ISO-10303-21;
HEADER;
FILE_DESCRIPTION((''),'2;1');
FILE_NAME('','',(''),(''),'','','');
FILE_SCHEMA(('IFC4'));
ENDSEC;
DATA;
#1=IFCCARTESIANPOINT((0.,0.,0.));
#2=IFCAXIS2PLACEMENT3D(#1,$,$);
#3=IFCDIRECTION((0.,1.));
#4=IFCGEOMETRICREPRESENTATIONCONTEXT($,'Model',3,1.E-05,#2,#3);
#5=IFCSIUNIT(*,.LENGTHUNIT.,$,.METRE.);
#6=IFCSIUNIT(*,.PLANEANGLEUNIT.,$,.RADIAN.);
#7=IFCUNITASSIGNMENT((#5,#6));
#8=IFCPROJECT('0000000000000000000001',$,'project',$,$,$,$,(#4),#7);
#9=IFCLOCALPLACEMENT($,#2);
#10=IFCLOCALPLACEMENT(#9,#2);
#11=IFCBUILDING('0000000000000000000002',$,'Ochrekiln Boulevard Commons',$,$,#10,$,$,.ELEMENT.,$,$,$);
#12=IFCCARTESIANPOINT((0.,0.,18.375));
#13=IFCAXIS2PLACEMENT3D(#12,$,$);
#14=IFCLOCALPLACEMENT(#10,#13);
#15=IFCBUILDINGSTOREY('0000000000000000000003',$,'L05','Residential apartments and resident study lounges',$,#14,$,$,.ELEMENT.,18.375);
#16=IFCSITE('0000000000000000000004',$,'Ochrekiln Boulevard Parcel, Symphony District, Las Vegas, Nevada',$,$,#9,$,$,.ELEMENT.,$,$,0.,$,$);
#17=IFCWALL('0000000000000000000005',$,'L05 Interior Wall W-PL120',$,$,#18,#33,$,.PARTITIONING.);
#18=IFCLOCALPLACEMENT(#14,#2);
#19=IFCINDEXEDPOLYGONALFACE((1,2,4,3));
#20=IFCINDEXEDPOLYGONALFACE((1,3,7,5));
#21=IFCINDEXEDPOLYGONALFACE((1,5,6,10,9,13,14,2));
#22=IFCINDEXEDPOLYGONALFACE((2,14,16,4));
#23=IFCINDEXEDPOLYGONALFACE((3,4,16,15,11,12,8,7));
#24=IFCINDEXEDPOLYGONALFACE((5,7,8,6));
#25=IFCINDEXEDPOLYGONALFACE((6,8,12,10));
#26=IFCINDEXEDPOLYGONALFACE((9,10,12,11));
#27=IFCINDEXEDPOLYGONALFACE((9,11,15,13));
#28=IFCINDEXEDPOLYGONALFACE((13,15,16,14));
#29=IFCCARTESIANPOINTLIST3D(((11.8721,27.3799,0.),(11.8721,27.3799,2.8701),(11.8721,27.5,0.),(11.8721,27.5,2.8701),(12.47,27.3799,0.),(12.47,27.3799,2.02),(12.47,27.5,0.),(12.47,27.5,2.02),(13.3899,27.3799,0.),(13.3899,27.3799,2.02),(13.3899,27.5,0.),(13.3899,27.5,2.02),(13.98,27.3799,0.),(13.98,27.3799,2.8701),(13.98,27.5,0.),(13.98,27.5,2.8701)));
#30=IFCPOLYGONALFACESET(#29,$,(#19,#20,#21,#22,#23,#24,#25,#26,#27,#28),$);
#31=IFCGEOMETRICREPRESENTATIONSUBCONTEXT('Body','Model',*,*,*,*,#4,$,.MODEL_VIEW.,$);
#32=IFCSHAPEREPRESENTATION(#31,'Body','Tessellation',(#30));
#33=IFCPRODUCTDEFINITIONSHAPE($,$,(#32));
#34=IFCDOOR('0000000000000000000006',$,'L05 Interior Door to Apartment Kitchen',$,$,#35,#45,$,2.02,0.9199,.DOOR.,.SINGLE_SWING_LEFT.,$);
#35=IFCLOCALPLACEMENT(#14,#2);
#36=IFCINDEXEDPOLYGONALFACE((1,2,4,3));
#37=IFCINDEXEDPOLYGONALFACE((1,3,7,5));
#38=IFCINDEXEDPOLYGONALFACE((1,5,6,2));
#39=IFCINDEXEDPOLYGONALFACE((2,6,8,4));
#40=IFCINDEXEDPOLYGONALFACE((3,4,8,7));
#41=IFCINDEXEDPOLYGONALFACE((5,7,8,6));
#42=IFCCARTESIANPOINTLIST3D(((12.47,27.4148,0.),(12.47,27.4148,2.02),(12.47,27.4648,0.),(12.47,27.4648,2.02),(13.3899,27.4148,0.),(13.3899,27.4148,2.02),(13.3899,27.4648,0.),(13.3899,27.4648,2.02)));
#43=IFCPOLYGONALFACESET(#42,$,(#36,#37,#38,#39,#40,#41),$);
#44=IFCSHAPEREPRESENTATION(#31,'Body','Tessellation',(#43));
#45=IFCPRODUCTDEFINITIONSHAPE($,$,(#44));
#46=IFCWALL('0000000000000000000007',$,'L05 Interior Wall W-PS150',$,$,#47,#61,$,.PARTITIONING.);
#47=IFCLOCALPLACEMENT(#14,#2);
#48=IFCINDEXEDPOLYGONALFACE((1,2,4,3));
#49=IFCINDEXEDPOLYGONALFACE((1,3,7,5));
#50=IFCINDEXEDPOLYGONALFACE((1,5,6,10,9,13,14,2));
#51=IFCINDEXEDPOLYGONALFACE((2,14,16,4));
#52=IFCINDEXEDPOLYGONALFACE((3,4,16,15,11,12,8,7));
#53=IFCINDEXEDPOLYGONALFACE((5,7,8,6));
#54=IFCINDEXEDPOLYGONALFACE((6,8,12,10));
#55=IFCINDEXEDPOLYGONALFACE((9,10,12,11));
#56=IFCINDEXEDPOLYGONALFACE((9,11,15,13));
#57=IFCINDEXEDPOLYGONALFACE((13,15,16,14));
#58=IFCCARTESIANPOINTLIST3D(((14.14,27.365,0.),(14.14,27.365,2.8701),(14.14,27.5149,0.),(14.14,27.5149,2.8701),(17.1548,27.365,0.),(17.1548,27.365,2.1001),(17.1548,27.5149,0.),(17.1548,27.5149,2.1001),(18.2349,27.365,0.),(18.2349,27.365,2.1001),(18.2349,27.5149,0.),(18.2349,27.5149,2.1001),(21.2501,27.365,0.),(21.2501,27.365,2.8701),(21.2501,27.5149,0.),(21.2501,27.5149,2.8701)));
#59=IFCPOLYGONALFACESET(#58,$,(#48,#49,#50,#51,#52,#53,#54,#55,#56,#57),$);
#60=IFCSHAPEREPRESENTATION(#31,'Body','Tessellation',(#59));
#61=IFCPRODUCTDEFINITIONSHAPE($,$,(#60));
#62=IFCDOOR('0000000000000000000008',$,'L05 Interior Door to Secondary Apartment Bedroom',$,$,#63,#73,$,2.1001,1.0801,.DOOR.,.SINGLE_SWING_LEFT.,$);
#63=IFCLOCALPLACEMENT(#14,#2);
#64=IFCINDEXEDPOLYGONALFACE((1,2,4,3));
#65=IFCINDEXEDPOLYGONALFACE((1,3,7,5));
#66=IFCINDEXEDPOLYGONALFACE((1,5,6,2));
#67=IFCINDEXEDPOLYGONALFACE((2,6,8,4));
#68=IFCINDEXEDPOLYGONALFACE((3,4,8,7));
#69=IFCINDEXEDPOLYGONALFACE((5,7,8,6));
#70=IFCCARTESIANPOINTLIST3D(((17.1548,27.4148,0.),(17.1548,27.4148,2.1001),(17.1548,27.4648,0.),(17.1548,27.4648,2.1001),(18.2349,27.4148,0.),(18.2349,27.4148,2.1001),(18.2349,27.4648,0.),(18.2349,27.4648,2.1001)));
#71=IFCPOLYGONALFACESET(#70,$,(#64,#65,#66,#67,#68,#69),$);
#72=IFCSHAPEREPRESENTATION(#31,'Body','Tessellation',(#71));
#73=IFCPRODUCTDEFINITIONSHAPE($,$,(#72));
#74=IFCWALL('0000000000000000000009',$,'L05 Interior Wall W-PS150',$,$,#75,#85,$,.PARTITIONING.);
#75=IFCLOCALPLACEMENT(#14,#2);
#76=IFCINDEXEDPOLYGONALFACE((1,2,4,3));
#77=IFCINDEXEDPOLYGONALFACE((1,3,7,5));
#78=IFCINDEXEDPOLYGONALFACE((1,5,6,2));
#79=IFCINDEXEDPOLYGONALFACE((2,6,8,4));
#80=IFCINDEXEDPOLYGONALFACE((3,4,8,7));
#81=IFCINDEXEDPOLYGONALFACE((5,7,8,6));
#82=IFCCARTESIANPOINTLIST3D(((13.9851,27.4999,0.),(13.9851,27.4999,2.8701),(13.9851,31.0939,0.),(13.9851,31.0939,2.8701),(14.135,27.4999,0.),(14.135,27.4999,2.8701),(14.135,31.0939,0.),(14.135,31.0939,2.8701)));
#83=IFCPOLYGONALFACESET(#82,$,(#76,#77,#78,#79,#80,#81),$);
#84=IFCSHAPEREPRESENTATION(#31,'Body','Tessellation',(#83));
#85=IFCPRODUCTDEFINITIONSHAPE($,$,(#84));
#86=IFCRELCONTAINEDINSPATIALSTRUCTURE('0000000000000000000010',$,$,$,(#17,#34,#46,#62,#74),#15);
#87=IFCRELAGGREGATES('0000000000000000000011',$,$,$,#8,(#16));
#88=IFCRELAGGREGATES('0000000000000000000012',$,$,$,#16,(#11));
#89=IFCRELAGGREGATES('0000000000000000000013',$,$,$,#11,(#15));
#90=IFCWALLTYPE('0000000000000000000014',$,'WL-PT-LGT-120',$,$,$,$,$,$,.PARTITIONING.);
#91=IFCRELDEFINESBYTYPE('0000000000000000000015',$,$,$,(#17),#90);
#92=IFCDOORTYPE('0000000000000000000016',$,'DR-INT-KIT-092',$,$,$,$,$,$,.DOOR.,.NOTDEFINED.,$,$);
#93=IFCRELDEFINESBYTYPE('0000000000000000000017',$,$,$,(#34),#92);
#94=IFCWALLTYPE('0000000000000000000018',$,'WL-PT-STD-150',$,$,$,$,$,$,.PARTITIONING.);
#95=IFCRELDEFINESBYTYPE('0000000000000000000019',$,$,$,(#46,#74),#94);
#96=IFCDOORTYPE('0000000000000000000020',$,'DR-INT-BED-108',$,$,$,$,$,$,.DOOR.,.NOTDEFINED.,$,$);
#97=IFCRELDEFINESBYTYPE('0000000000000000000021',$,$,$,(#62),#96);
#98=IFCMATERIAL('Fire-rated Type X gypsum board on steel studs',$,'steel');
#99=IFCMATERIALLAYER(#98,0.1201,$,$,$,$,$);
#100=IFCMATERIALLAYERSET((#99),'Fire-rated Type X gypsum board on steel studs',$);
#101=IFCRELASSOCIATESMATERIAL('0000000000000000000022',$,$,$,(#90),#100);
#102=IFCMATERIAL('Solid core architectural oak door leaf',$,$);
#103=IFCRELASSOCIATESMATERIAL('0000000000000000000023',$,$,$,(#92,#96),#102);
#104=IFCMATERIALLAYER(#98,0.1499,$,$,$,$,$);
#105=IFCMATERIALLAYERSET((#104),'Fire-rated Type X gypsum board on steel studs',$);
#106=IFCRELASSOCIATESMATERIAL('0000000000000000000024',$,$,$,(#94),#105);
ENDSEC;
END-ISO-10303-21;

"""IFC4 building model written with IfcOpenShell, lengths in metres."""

from ifc_helpers import new_model, si_unit, direction, frame, frame_2d, origin, place, context, subcontext, project, spatial, rectangle, extrude, material, layer, layer_set, type_object, element, fill, save


model = new_model("IFC4")

# Units and contexts
model_context = context("Model", 3, precision=1e-05, world=origin(), true_north=direction((0.0, 1.0)))
body_context = subcontext(model_context, "Body", "Model", "MODEL_VIEW")
ifc_project = project(units=[si_unit("LENGTHUNIT", "METRE"), si_unit("PLANEANGLEUNIT", "RADIAN")], contexts=[model_context])

# Site, building, storey
site_placement = place(None, origin())
site = spatial("IfcSite", under=ifc_project, at=site_placement, Name="Ochrekiln Boulevard Parcel, Symphony District, Las Vegas, Nevada", CompositionType="ELEMENT", RefElevation=0.0)
building_placement = place(site_placement, origin())
building = spatial("IfcBuilding", under=site, at=building_placement, Name="Ochrekiln Boulevard Commons", CompositionType="ELEMENT")
storey_placement = place(building_placement, frame((0.0, 0.0, 18.375)))
storey = spatial("IfcBuildingStorey", under=building, at=storey_placement, Name="L05", Description="Residential apartments and resident study lounges", CompositionType="ELEMENT", Elevation=18.375)

# Shared definitions
ifc_material_1 = material(Name="Fire-rated Type X gypsum board on steel studs", Category="steel")
ifc_material_2 = material(Name="Solid core architectural oak door leaf")

# Walls, openings, doors
ifc_layer_1 = layer(ifc_material_1, 0.1201)
ifc_layer_set_1 = layer_set([ifc_layer_1], Name="Fire-rated Type X gypsum board on steel studs")
wall_type_1 = type_object("IfcWallType", Name="WL-PT-LGT-120", PredefinedType="PARTITIONING", material=ifc_layer_set_1)
wall_1_placement = place(storey_placement, frame((11.8721, 27.4399, 0.0), z_axis=(0.0, 0.0, 1.0), x_axis=(1.0, 0.0, 0.0)))
wall_1 = element("IfcWall", 1, at=wall_1_placement, inside=storey, type_object=wall_type_1, Name="L05 Interior Wall W-PL120", PredefinedType="PARTITIONING", context=body_context, shape_type="SweptSolid", body=[
    extrude(rectangle(XDim=2.1079, YDim=0.1201, at=frame_2d((1.054, 0.0))), origin(), (0.0, 0.0, 1.0), 2.8701),
])
opening_1_placement = place(wall_1_placement, frame((0.5979, 0.0, 0.0)))
opening_1 = element("IfcOpeningElement", 2, at=opening_1_placement, cuts=wall_1, PredefinedType="OPENING", context=body_context, shape_type="SweptSolid", body=[
    extrude(rectangle(XDim=0.9199, YDim=2.02, at=frame_2d((0.46, 1.01))), frame((0.0, 0.0701, 0.0), z_axis=(0.0, -1.0, 0.0), x_axis=(1.0, 0.0, 0.0)), (0.0, 0.0, 1.0), 0.1401),
])
door_type_1 = type_object("IfcDoorType", Name="DR-INT-KIT-092", OperationType="NOTDEFINED", PredefinedType="DOOR", material=ifc_material_2)
door_1_placement = place(opening_1_placement, origin())
door_1 = element("IfcDoor", 3, at=door_1_placement, inside=storey, type_object=door_type_1, Name="L05 Interior Door to Apartment Kitchen", OperationType="SINGLE_SWING_LEFT", OverallHeight=2.02, OverallWidth=0.9199, PredefinedType="DOOR", context=body_context, shape_type="SweptSolid", body=[
    extrude(rectangle(XDim=0.9199, YDim=2.02, at=frame_2d((0.46, 1.01))), frame((0.0, 0.0249, 0.0), z_axis=(0.0, -1.0, 0.0), x_axis=(1.0, 0.0, 0.0)), (0.0, 0.0, 1.0), 0.05),
])
fill(opening_1, door_1)
ifc_layer_2 = layer(ifc_material_1, 0.1499)
ifc_layer_set_2 = layer_set([ifc_layer_2], Name="Fire-rated Type X gypsum board on steel studs")
wall_type_2 = type_object("IfcWallType", Name="WL-PT-STD-150", PredefinedType="PARTITIONING", material=ifc_layer_set_2)
wall_2_placement = place(storey_placement, frame((14.1399, 27.4399, 0.0), z_axis=(0.0, 0.0, 1.0), x_axis=(1.0, 0.0, 0.0)))
wall_2 = element("IfcWall", 4, at=wall_2_placement, inside=storey, type_object=wall_type_2, Name="L05 Interior Wall W-PS150", PredefinedType="PARTITIONING", context=body_context, shape_type="SweptSolid", body=[
    extrude(rectangle(XDim=7.1101, YDim=0.1499, at=frame_2d((3.5552, 0.0))), origin(), (0.0, 0.0, 1.0), 2.8701),
])
opening_2_placement = place(wall_2_placement, frame((3.0149, 0.0, 0.0)))
opening_2 = element("IfcOpeningElement", 5, at=opening_2_placement, cuts=wall_2, PredefinedType="OPENING", context=body_context, shape_type="SweptSolid", body=[
    extrude(rectangle(XDim=1.0801, YDim=2.1001, at=frame_2d((0.54, 1.05))), frame((0.0, 0.085, 0.0), z_axis=(0.0, -1.0, 0.0), x_axis=(1.0, 0.0, 0.0)), (0.0, 0.0, 1.0), 0.1699),
])
door_type_2 = type_object("IfcDoorType", Name="DR-INT-BED-108", OperationType="NOTDEFINED", PredefinedType="DOOR", material=ifc_material_2)
door_2_placement = place(opening_2_placement, origin())
door_2 = element("IfcDoor", 6, at=door_2_placement, inside=storey, type_object=door_type_2, Name="L05 Interior Door to Secondary Apartment Bedroom", OperationType="SINGLE_SWING_LEFT", OverallHeight=2.1001, OverallWidth=1.0801, PredefinedType="DOOR", context=body_context, shape_type="SweptSolid", body=[
    extrude(rectangle(XDim=1.0801, YDim=2.1001, at=frame_2d((0.54, 1.05))), frame((0.0, 0.0249, 0.0), z_axis=(0.0, -1.0, 0.0), x_axis=(1.0, 0.0, 0.0)), (0.0, 0.0, 1.0), 0.05),
])
fill(opening_2, door_2)

# Wall
wall_3_placement = place(storey_placement, frame((14.0601, 27.5, 0.0), z_axis=(0.0, 0.0, 1.0), x_axis=(0.0, 1.0, 0.0)))
element("IfcWall", 7, at=wall_3_placement, inside=storey, type_object=wall_type_2, Name="L05 Interior Wall W-PS150", PredefinedType="PARTITIONING", context=body_context, shape_type="SweptSolid", body=[
    extrude(rectangle(XDim=3.594, YDim=0.1499, at=frame_2d((1.7969, 0.0))), origin(), (0.0, 0.0, 1.0), 2.8701),
])

save(model, "model.ifc")
